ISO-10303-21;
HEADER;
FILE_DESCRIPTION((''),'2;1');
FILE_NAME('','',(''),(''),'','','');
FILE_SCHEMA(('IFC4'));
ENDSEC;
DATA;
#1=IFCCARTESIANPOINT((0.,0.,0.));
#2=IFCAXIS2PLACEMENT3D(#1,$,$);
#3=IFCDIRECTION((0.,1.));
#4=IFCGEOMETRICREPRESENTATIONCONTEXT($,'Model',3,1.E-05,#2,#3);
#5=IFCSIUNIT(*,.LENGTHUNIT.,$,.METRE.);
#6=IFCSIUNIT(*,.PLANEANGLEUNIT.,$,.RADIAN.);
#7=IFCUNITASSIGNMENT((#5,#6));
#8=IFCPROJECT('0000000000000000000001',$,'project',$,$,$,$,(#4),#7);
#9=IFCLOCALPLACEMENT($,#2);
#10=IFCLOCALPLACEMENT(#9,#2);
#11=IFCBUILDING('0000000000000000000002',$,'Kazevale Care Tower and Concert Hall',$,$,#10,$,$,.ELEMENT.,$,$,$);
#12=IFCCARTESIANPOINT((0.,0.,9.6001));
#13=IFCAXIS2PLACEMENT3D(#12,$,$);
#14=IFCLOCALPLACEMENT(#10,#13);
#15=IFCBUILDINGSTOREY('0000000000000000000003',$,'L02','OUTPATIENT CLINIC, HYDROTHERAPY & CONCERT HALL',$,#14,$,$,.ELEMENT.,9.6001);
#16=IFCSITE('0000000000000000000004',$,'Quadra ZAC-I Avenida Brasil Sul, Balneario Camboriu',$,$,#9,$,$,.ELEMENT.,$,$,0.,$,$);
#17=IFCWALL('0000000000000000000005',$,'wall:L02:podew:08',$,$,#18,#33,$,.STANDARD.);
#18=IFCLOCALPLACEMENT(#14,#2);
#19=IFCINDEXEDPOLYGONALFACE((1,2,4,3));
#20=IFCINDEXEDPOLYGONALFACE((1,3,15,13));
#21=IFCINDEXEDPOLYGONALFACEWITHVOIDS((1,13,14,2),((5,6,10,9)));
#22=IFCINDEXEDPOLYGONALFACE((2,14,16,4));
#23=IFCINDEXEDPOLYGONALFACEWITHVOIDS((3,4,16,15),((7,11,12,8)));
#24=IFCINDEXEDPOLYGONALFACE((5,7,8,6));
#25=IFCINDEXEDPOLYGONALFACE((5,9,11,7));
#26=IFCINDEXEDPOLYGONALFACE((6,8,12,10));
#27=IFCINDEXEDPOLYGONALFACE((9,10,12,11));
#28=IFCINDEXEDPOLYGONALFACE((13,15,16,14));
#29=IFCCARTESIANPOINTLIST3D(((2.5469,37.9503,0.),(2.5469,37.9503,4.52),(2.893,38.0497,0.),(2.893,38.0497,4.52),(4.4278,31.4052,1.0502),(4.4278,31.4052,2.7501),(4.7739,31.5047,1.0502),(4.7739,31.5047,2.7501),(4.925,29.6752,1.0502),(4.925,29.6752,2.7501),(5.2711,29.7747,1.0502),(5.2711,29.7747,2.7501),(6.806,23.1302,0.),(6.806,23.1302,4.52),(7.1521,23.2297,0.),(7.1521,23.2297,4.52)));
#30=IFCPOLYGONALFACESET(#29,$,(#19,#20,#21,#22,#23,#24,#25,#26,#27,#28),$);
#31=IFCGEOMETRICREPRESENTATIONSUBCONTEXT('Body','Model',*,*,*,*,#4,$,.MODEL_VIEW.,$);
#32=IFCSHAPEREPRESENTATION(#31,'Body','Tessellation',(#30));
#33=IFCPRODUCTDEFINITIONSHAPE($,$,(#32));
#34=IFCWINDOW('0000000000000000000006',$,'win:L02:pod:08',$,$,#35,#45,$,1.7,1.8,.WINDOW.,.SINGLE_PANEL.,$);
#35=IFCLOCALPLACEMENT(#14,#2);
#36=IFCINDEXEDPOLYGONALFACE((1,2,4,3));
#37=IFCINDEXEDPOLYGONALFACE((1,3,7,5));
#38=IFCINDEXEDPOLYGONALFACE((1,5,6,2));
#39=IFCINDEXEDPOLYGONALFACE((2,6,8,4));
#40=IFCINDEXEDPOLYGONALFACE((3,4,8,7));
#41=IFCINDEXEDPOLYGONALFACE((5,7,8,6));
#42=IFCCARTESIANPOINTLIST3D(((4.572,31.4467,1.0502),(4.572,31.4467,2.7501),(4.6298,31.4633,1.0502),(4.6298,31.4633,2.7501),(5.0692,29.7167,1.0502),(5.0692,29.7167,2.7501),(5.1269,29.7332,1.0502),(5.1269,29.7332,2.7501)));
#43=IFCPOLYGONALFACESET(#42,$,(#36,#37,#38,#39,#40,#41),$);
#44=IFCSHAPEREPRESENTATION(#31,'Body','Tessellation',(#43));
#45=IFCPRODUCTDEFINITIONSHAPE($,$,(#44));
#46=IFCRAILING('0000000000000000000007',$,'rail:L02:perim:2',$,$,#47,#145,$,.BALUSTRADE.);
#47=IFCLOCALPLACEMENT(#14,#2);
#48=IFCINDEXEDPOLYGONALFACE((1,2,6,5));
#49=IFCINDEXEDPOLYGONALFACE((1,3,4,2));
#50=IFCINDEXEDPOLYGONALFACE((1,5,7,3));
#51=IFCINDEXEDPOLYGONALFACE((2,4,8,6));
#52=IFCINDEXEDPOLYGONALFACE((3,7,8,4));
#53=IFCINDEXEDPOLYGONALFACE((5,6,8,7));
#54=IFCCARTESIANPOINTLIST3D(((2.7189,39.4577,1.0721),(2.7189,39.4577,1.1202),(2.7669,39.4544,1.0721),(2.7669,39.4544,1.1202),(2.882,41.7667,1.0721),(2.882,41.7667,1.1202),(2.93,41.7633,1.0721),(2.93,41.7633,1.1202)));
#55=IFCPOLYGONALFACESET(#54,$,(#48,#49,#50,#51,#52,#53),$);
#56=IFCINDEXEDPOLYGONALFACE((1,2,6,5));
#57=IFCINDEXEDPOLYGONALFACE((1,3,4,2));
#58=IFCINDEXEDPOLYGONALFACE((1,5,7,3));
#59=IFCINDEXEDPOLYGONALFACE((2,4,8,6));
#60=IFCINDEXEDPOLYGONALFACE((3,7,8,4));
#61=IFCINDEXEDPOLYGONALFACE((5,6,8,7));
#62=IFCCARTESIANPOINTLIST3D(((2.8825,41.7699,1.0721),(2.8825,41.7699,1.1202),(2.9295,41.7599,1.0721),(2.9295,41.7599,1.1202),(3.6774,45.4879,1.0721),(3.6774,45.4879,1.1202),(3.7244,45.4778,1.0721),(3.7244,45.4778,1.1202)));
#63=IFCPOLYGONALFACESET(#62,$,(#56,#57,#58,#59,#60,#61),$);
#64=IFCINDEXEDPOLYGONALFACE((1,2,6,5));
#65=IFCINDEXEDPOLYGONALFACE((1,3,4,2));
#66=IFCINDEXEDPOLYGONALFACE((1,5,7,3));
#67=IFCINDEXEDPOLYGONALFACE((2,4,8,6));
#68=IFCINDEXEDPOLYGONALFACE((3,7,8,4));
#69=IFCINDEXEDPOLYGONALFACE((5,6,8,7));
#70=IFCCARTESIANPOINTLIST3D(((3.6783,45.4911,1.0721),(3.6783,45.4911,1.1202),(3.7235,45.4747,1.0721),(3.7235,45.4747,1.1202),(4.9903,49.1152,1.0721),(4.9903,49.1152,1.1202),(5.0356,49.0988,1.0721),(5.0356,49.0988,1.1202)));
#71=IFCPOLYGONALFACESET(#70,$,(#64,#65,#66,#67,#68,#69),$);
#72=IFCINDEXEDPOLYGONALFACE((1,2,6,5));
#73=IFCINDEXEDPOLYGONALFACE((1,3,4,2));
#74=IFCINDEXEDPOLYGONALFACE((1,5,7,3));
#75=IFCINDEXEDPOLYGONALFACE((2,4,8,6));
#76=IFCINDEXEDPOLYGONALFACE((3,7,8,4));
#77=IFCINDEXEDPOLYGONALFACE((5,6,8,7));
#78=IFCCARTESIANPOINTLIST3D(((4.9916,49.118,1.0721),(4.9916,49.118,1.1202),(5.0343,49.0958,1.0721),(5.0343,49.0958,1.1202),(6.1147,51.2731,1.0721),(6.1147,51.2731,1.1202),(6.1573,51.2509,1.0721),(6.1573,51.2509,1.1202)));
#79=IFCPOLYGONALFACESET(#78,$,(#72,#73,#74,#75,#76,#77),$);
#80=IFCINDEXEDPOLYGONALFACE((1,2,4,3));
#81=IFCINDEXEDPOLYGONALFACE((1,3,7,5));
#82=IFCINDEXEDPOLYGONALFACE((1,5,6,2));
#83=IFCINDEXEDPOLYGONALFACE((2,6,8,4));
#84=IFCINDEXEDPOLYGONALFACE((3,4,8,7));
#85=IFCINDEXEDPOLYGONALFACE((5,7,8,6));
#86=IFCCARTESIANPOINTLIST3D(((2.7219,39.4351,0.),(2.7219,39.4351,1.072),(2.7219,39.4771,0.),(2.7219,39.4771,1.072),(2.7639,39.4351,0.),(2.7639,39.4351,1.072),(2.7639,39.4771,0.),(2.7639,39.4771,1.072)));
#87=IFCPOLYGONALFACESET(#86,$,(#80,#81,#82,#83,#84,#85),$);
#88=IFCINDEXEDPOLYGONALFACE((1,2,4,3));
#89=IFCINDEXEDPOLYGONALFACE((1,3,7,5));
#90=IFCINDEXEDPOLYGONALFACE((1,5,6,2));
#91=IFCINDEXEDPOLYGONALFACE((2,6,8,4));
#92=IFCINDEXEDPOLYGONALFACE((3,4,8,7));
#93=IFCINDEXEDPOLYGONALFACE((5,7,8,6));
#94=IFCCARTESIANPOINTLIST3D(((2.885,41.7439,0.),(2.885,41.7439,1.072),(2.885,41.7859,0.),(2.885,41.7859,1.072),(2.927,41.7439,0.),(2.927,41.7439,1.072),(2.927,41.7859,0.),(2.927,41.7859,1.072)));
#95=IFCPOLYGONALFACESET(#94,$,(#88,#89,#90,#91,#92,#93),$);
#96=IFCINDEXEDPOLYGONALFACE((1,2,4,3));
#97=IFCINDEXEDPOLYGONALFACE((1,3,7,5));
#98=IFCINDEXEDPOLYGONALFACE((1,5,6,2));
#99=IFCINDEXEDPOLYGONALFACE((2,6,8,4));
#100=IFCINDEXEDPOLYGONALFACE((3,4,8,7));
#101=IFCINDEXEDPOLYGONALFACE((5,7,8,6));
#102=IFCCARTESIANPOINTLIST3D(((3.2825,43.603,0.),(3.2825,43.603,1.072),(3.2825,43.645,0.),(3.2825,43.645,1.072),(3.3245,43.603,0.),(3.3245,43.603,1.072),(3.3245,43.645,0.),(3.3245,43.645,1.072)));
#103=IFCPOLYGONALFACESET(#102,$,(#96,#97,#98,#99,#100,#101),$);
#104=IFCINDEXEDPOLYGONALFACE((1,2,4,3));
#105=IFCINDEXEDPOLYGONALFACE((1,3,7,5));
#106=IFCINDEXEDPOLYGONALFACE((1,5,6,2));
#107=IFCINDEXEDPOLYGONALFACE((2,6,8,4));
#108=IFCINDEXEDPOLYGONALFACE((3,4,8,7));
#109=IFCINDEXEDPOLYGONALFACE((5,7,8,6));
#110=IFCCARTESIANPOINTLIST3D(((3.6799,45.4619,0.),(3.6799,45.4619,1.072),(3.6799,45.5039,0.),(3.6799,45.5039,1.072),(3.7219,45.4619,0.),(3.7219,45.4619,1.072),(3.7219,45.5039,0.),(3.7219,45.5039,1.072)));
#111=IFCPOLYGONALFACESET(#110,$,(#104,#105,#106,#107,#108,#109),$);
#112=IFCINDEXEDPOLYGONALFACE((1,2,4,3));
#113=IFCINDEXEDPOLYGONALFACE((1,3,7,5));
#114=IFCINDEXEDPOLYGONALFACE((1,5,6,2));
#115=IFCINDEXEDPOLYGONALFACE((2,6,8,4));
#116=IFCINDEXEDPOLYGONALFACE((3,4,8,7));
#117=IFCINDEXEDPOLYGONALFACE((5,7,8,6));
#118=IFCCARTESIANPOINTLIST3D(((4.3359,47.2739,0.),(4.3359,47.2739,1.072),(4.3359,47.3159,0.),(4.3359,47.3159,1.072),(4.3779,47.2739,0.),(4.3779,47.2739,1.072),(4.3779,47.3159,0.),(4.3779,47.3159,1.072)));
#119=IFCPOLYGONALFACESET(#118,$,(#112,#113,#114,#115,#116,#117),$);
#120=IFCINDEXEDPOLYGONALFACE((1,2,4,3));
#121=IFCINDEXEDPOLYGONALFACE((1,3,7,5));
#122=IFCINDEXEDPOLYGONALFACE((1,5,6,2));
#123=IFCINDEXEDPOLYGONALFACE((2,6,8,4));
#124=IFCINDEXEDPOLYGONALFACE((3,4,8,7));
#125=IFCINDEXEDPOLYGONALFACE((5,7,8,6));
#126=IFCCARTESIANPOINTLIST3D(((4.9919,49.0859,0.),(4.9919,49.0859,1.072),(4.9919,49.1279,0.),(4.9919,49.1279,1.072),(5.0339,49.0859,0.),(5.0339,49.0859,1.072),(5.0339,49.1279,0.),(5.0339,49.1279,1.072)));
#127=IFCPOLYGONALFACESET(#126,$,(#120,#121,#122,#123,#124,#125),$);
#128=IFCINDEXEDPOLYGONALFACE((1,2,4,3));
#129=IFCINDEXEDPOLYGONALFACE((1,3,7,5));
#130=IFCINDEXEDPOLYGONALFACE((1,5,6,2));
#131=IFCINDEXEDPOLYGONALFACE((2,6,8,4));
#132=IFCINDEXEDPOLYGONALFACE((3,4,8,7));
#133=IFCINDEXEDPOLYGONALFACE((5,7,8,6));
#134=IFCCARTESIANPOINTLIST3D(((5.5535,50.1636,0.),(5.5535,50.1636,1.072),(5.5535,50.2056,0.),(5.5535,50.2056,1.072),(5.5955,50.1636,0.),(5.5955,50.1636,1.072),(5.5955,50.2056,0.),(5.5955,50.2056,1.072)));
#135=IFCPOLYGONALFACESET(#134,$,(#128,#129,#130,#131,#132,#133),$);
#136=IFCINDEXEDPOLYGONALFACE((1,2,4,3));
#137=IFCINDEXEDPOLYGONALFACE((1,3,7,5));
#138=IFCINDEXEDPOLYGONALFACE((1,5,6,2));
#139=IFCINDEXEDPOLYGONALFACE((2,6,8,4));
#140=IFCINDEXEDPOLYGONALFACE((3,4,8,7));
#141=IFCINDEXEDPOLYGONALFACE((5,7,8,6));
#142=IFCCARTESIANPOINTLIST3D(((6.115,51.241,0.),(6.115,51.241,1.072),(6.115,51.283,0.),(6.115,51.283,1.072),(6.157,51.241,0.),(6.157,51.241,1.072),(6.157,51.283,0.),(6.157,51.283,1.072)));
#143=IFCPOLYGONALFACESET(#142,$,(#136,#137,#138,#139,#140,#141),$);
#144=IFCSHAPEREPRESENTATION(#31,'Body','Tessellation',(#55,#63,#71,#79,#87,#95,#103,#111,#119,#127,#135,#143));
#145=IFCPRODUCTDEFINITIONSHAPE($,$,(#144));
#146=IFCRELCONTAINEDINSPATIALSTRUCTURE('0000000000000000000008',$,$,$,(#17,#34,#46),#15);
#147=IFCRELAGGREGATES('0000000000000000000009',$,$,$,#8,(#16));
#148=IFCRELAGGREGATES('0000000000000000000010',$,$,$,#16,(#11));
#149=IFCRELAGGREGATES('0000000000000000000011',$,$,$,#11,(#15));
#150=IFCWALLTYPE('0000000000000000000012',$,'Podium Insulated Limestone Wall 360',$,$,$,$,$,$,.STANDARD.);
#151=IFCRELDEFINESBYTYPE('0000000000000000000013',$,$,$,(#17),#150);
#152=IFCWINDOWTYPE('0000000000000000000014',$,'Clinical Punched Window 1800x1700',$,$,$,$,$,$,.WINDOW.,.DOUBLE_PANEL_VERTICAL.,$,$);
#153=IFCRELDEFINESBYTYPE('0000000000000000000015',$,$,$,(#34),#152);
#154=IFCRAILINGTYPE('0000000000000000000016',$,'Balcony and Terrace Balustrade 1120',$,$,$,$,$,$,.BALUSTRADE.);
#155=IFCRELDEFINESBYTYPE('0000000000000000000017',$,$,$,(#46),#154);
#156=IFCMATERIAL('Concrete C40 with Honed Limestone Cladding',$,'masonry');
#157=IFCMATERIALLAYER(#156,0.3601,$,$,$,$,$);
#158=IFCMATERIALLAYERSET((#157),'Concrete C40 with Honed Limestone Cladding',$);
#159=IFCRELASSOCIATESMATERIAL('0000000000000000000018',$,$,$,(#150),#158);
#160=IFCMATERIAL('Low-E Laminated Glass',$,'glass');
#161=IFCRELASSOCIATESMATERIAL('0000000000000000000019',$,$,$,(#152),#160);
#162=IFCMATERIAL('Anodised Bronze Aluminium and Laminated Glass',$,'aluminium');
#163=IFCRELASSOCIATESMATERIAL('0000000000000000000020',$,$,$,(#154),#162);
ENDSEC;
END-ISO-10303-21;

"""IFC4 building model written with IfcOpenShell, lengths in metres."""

from ifc_helpers import new_model, si_unit, direction, frame, frame_2d, origin, origin_2d, place, context, subcontext, project, spatial, rectangle, extrude, material, layer, layer_set, type_object, element, fill, save


model = new_model("IFC4")

# Units and contexts
model_context = context("Model", 3, precision=1e-05, world=origin(), true_north=direction((0.0, 1.0)))
body_context = subcontext(model_context, "Body", "Model", "MODEL_VIEW")
ifc_project = project(units=[si_unit("LENGTHUNIT", "METRE"), si_unit("PLANEANGLEUNIT", "RADIAN")], contexts=[model_context])

# Site, building, storey
site_placement = place(None, origin())
site = spatial("IfcSite", under=ifc_project, at=site_placement, Name="Quadra ZAC-I Avenida Brasil Sul, Balneario Camboriu", CompositionType="ELEMENT", RefElevation=0.0)
building_placement = place(site_placement, origin())
building = spatial("IfcBuilding", under=site, at=building_placement, Name="Kazevale Care Tower and Concert Hall", CompositionType="ELEMENT")
storey_placement = place(building_placement, frame((0.0, 0.0, 9.6001)))
storey = spatial("IfcBuildingStorey", under=building, at=storey_placement, Name="L02", Description="OUTPATIENT CLINIC, HYDROTHERAPY & CONCERT HALL", CompositionType="ELEMENT", Elevation=9.6001)

# Wall, opening, window
ifc_material_1 = material(Name="Concrete C40 with Honed Limestone Cladding", Category="masonry")
ifc_layer_1 = layer(ifc_material_1, 0.3601)
ifc_layer_set_1 = layer_set([ifc_layer_1], Name="Concrete C40 with Honed Limestone Cladding")
wall_type_1 = type_object("IfcWallType", Name="Podium Insulated Limestone Wall 360", PredefinedType="STANDARD", material=ifc_layer_set_1)
wall_1_placement = place(storey_placement, frame((2.72, 38.0, 0.0), z_axis=(0.0, 0.0, 1.0), x_axis=(0.276203, -0.961099, 0.0)))
wall_1 = element("IfcWall", 1, at=wall_1_placement, inside=storey, type_object=wall_type_1, Name="wall:L02:podew:08", PredefinedType="STANDARD", context=body_context, shape_type="SweptSolid", body=[
    extrude(rectangle(XDim=15.4199, YDim=0.3601, at=frame_2d((7.71, 0.0))), origin(), (0.0, 0.0, 1.0), 4.52),
])
opening_1_placement = place(wall_1_placement, frame((6.8101, 0.0, 1.05)))
opening_1 = element("IfcOpeningElement", 2, at=opening_1_placement, cuts=wall_1, PredefinedType="OPENING", context=body_context, shape_type="SweptSolid", body=[
    extrude(rectangle(XDim=1.8, YDim=1.7, at=frame_2d((0.8999, 0.8501))), frame((0.0, 0.1899, 0.0), z_axis=(0.0, -1.0, 0.0), x_axis=(1.0, 0.0, 0.0)), (0.0, 0.0, 1.0), 0.3801),
])
ifc_material_2 = material(Name="Low-E Laminated Glass", Category="glass")
window_type = type_object("IfcWindowType", Name="Clinical Punched Window 1800x1700", PartitioningType="DOUBLE_PANEL_VERTICAL", PredefinedType="WINDOW", material=ifc_material_2)
window_placement = place(opening_1_placement, origin())
window = element("IfcWindow", 3, at=window_placement, inside=storey, type_object=window_type, Name="win:L02:pod:08", OverallHeight=1.7, OverallWidth=1.8, PartitioningType="SINGLE_PANEL", PredefinedType="WINDOW", context=body_context, shape_type="SweptSolid", body=[
    extrude(rectangle(XDim=1.8, YDim=1.7, at=frame_2d((0.8999, 0.8501))), frame((0.0, 0.03, 0.0), z_axis=(0.0, -1.0, 0.0), x_axis=(1.0, 0.0, 0.0)), (0.0, 0.0, 1.0), 0.0601),
])
fill(opening_1, window)

# Railing
ifc_material_3 = material(Name="Anodised Bronze Aluminium and Laminated Glass", Category="aluminium")
railing_type = type_object("IfcRailingType", Name="Balcony and Terrace Balustrade 1120", PredefinedType="BALUSTRADE", material=ifc_material_3)
railing_placement = place(storey_placement, frame((2.7429, 39.4561, 0.0)))
element("IfcRailing", 4, at=railing_placement, inside=storey, type_object=railing_type, Name="rail:L02:perim:2", PredefinedType="BALUSTRADE", context=body_context, shape_type="SweptSolid", body=[
    extrude(rectangle(XDim=0.0481, YDim=0.0481, at=origin_2d()), frame((0.0, 0.0, 1.0962), z_axis=(0.07046, 0.997515, 0.0), x_axis=(-0.997515, 0.07046, 0.0)), (0.0, 0.0, 1.0), 2.3147),
    extrude(rectangle(XDim=0.0481, YDim=0.0481, at=origin_2d()), frame((0.1631, 2.3088, 1.0962), z_axis=(0.209077, 0.977899, 0.0), x_axis=(-0.977899, 0.209077, 0.0)), (0.0, 0.0, 1.0), 3.802),
    extrude(rectangle(XDim=0.0481, YDim=0.0481, at=origin_2d()), frame((0.958, 6.0269, 1.0962), z_axis=(0.34041, 0.940277, 0.0), x_axis=(-0.940277, 0.34041, 0.0)), (0.0, 0.0, 1.0), 3.8542),
    extrude(rectangle(XDim=0.0481, YDim=0.0481, at=origin_2d()), frame((2.27, 9.6509, 1.0962), z_axis=(0.46214, 0.886807, 0.0), x_axis=(-0.886807, 0.46214, 0.0)), (0.0, 0.0, 1.0), 2.4302),
    extrude(rectangle(XDim=0.042, YDim=0.042, at=origin_2d()), origin(), (0.0, 0.0, 1.0), 1.072),
    extrude(rectangle(XDim=0.042, YDim=0.042, at=origin_2d()), frame((0.1631, 2.3088, 0.0)), (0.0, 0.0, 1.0), 1.072),
    extrude(rectangle(XDim=0.042, YDim=0.042, at=origin_2d()), frame((0.5605, 4.168, 0.0)), (0.0, 0.0, 1.0), 1.072),
    extrude(rectangle(XDim=0.042, YDim=0.042, at=origin_2d()), frame((0.958, 6.0269, 0.0)), (0.0, 0.0, 1.0), 1.072),
    extrude(rectangle(XDim=0.042, YDim=0.042, at=origin_2d()), frame((1.614, 7.8389, 0.0)), (0.0, 0.0, 1.0), 1.072),
    extrude(rectangle(XDim=0.042, YDim=0.042, at=origin_2d()), frame((2.27, 9.6509, 0.0)), (0.0, 0.0, 1.0), 1.072),
    extrude(rectangle(XDim=0.042, YDim=0.042, at=origin_2d()), frame((2.8315, 10.7285, 0.0)), (0.0, 0.0, 1.0), 1.072),
    extrude(rectangle(XDim=0.042, YDim=0.042, at=origin_2d()), frame((3.3931, 11.8059, 0.0)), (0.0, 0.0, 1.0), 1.072),
])

save(model, "model.ifc")
